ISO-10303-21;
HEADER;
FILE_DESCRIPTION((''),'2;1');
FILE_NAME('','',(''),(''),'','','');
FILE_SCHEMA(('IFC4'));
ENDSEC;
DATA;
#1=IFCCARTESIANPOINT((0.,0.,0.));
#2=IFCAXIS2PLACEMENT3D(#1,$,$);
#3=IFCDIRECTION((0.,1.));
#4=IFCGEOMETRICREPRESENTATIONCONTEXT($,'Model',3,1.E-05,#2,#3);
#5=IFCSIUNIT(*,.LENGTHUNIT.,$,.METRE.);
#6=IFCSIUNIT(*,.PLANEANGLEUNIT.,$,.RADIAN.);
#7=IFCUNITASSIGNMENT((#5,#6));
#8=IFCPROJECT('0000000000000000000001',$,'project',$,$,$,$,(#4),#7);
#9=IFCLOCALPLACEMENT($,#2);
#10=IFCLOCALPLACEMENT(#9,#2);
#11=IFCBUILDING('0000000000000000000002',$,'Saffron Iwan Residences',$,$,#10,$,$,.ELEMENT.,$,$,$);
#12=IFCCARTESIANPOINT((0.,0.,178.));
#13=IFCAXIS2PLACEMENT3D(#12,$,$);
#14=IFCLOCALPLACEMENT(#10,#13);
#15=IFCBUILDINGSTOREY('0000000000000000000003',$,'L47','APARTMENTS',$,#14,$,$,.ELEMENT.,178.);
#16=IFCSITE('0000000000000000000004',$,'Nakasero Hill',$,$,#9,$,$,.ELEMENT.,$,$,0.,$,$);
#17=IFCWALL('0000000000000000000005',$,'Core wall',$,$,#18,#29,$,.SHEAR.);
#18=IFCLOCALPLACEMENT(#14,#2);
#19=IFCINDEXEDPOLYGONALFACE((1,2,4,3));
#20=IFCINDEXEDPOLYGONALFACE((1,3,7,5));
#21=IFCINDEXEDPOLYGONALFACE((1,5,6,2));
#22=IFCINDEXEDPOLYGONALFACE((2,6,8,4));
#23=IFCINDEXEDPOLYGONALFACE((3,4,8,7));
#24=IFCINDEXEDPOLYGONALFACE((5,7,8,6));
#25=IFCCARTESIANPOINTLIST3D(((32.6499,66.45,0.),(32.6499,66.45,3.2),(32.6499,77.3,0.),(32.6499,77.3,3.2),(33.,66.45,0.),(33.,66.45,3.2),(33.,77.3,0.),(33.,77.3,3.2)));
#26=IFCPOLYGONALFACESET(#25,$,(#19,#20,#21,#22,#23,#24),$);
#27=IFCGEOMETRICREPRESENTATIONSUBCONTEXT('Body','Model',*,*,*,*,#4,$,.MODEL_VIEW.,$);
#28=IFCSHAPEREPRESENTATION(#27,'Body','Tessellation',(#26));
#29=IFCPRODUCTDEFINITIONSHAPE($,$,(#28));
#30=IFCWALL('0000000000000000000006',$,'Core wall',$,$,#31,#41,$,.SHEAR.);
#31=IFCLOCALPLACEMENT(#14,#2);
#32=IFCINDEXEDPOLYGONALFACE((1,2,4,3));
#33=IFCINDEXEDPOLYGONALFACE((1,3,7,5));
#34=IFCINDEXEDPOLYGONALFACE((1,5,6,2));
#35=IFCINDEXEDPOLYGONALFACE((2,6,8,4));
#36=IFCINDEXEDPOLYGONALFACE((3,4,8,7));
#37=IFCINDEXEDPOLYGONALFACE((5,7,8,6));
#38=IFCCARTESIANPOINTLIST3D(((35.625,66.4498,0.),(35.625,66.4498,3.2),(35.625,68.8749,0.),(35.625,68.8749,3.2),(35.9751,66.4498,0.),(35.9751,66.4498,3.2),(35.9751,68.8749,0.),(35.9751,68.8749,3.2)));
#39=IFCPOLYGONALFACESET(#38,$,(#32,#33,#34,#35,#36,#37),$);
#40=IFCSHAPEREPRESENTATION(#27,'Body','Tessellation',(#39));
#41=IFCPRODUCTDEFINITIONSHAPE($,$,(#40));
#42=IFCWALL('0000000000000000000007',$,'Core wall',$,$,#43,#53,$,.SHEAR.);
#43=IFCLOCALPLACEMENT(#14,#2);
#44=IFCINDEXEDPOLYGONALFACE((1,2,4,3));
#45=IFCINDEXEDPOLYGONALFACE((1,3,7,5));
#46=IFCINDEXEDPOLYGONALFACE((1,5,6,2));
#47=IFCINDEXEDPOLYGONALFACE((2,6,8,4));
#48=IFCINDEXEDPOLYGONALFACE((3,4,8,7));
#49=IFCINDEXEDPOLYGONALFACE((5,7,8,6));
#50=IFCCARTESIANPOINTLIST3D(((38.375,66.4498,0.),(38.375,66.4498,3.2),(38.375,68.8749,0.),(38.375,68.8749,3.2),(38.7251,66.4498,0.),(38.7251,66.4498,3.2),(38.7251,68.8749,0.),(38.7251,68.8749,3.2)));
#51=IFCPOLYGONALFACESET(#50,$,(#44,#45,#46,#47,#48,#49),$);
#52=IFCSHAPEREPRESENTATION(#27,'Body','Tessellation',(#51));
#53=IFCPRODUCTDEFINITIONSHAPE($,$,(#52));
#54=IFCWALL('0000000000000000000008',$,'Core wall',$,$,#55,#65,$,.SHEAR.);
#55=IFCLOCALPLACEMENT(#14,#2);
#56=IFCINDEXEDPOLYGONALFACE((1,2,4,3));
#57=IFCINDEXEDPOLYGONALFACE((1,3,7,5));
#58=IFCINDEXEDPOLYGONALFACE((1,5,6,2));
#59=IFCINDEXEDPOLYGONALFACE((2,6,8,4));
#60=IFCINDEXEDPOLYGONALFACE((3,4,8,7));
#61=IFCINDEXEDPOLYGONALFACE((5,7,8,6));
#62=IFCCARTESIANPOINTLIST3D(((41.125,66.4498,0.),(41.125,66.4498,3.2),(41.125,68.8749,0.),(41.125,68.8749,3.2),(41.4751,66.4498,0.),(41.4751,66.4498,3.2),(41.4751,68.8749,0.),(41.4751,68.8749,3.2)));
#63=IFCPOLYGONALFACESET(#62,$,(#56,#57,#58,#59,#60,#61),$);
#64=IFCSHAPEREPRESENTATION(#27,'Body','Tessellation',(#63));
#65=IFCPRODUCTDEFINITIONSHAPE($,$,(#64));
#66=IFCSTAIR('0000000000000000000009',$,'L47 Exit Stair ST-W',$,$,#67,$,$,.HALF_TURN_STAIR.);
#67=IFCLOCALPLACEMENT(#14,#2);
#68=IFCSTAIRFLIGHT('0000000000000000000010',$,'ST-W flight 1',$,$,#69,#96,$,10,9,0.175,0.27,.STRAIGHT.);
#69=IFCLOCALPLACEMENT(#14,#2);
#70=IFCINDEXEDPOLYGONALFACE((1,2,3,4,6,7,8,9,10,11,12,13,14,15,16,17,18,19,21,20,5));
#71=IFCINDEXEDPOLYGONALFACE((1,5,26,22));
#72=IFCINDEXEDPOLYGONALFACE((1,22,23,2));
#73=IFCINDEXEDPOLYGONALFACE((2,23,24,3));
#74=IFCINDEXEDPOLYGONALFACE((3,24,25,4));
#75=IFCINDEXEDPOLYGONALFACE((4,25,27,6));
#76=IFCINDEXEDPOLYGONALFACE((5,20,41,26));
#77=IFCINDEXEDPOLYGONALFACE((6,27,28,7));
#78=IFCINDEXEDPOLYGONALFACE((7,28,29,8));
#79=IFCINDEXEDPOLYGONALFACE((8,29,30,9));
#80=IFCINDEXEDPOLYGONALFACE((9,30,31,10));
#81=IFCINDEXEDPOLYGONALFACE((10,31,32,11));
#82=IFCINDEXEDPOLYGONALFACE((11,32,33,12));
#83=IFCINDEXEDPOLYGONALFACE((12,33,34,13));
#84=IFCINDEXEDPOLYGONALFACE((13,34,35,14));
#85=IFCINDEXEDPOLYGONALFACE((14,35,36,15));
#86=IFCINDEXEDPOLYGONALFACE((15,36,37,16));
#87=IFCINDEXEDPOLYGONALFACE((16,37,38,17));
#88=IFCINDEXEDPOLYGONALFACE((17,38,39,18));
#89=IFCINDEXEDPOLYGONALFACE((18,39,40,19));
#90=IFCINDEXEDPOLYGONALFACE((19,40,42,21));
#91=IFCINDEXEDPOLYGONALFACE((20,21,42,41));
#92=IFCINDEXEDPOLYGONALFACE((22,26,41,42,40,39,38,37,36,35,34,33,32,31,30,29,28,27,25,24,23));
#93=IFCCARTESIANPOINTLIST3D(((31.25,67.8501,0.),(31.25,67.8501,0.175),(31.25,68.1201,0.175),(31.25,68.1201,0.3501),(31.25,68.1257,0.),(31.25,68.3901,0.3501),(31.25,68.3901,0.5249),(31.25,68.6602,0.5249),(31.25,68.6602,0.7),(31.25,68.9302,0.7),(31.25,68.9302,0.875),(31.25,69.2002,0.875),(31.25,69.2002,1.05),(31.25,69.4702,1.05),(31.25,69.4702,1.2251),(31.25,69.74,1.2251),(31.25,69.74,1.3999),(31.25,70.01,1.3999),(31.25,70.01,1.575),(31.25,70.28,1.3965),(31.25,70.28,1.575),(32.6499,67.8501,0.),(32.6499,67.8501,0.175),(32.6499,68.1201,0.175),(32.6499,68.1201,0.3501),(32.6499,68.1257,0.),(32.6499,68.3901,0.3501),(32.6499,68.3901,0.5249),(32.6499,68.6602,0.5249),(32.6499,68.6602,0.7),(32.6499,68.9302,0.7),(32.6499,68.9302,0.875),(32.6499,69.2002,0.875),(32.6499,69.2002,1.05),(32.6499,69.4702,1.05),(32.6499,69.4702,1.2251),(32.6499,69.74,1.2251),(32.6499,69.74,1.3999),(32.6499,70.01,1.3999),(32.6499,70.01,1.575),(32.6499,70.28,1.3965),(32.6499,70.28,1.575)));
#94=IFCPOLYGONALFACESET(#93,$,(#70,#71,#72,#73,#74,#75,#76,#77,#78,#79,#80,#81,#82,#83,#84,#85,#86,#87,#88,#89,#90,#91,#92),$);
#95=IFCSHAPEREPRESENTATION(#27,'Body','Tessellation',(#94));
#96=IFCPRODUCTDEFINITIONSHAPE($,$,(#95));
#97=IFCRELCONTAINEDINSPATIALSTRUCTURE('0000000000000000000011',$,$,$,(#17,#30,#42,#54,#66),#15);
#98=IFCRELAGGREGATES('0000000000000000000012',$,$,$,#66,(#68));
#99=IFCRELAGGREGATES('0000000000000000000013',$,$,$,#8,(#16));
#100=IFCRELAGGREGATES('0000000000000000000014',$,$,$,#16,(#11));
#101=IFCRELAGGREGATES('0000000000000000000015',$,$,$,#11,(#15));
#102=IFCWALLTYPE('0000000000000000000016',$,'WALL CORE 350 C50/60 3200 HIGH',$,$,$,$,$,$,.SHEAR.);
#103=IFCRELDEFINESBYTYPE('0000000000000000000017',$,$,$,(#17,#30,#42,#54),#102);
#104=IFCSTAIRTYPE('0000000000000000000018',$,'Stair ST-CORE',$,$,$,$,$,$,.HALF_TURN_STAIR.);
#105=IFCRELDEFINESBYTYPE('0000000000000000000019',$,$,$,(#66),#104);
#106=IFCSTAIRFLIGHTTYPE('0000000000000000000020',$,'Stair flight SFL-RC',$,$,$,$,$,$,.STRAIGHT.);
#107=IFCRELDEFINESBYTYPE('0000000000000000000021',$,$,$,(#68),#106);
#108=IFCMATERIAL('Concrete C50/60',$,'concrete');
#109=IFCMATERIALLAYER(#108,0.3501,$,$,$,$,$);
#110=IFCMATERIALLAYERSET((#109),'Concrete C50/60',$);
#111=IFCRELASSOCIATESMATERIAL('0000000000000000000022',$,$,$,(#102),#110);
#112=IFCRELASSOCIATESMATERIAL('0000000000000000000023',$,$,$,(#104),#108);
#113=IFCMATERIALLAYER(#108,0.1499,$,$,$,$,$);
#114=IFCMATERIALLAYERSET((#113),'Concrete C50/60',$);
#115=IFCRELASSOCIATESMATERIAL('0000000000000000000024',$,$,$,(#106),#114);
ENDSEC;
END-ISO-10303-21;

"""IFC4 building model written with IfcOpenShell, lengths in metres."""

from ifc_helpers import new_model, si_unit, direction, frame, frame_2d, origin, place, context, subcontext, project, spatial, polyline, rectangle, outline, extrude, material, layer, layer_set, type_object, element, aggregate, save


model = new_model("IFC4")

# Units and contexts
model_context = context("Model", 3, precision=1e-05, world=origin(), true_north=direction((0.0, 1.0)))
body_context = subcontext(model_context, "Body", "Model", "MODEL_VIEW")
ifc_project = project(units=[si_unit("LENGTHUNIT", "METRE"), si_unit("PLANEANGLEUNIT", "RADIAN")], contexts=[model_context])

# Site, building, storey
site_placement = place(None, origin())
site = spatial("IfcSite", under=ifc_project, at=site_placement, Name="Nakasero Hill", CompositionType="ELEMENT", RefElevation=0.0)
building_placement = place(site_placement, origin())
building = spatial("IfcBuilding", under=site, at=building_placement, Name="Saffron Iwan Residences", CompositionType="ELEMENT")
storey_placement = place(building_placement, frame((0.0, 0.0, 178.0)))
storey = spatial("IfcBuildingStorey", under=building, at=storey_placement, Name="L47", Description="APARTMENTS", CompositionType="ELEMENT", Elevation=178.0)

# Shared definitions
ifc_material_1 = material(Name="Concrete C50/60", Category="concrete")

# Shared definitions
ifc_layer_1 = layer(ifc_material_1, 0.3501)
ifc_layer_set_1 = layer_set([ifc_layer_1], Name="Concrete C50/60")
wall_type_1 = type_object("IfcWallType", Name="WALL CORE 350 C50/60 3200 HIGH", PredefinedType="SHEAR", material=ifc_layer_set_1)

# Walls
wall_1_placement = place(storey_placement, frame((32.825, 66.45, 0.0), z_axis=(0.0, 0.0, 1.0), x_axis=(0.0, 1.0, 0.0)))
element("IfcWall", 1, at=wall_1_placement, inside=storey, type_object=wall_type_1, Name="Core wall", PredefinedType="SHEAR", context=body_context, shape_type="SweptSolid", body=[
    extrude(rectangle(XDim=10.8501, YDim=0.3501, at=frame_2d((5.425, 0.0))), origin(), (0.0, 0.0, 1.0), 3.2),
])
for number, where, z_axis, x_axis, name in (
    (2, (35.8, 66.45, 0.0), (0.0, 0.0, 1.0), (0.0, 1.0, 0.0), "Core wall"),
    (3, (38.55, 66.45, 0.0), (0.0, 0.0, 1.0), (0.0, 1.0, 0.0), "Core wall"),
    (4, (41.3, 66.45, 0.0), (0.0, 0.0, 1.0), (0.0, 1.0, 0.0), "Core wall"),
):
    element("IfcWall", number, at=place(storey_placement, frame(where, z_axis=z_axis, x_axis=x_axis)), inside=storey, type_object=wall_type_1, Name=name, PredefinedType="SHEAR", context=body_context, shape_type="SweptSolid", body=[
        extrude(rectangle(XDim=2.425, YDim=0.3501, at=frame_2d((1.2124, 0.0))), origin(), (0.0, 0.0, 1.0), 3.2),
    ])

# Stair, stair flight
stair_type = type_object("IfcStairType", Name="Stair ST-CORE", PredefinedType="HALF_TURN_STAIR", material=ifc_material_1)
stair_placement = place(storey_placement, origin())
stair = element("IfcStair", 5, at=stair_placement, inside=storey, type_object=stair_type, Name="L47 Exit Stair ST-W", PredefinedType="HALF_TURN_STAIR")
ifc_layer_2 = layer(ifc_material_1, 0.1499)
ifc_layer_set_2 = layer_set([ifc_layer_2], Name="Concrete C50/60")
stair_flight_type = type_object("IfcStairFlightType", Name="Stair flight SFL-RC", PredefinedType="STRAIGHT", material=ifc_layer_set_2)
stair_flight_placement = place(storey_placement, frame((31.95, 67.8501, 0.0), z_axis=(0.0, 0.0, 1.0), x_axis=(0.0, 1.0, 0.0)))
stair_flight = element("IfcStairFlight", 6, at=stair_flight_placement, type_object=stair_flight_type, Name="ST-W flight 1", NumberOfRisers=10, NumberOfTreads=9, PredefinedType="STRAIGHT", RiserHeight=0.175, TreadLength=0.27, context=body_context, shape_type="SweptSolid", body=[
    extrude(outline(polyline([(0.0, 0.0), (0.0, 0.175), (0.27, 0.175), (0.27, 0.3501), (0.54, 0.3501), (0.54, 0.5249), (0.8101, 0.5249), (0.8101, 0.7), (1.0801, 0.7), (1.0801, 0.875), (1.3501, 0.875), (1.3501, 1.05), (1.6201, 1.05), (1.6201, 1.2251), (1.8899, 1.2251), (1.8899, 1.3999), (2.1599, 1.3999), (2.1599, 1.575), (2.4299, 1.575), (2.4299, 1.75), (2.4299, 1.3965), (0.2756, 0.0), (0.0, 0.0)])), frame((0.0, 0.7, 0.0), z_axis=(0.0, -1.0, 0.0), x_axis=(1.0, 0.0, 0.0)), (0.0, 0.0, 1.0), 1.3999),
])
aggregate(stair, [stair_flight])

save(model, "model.ifc")
